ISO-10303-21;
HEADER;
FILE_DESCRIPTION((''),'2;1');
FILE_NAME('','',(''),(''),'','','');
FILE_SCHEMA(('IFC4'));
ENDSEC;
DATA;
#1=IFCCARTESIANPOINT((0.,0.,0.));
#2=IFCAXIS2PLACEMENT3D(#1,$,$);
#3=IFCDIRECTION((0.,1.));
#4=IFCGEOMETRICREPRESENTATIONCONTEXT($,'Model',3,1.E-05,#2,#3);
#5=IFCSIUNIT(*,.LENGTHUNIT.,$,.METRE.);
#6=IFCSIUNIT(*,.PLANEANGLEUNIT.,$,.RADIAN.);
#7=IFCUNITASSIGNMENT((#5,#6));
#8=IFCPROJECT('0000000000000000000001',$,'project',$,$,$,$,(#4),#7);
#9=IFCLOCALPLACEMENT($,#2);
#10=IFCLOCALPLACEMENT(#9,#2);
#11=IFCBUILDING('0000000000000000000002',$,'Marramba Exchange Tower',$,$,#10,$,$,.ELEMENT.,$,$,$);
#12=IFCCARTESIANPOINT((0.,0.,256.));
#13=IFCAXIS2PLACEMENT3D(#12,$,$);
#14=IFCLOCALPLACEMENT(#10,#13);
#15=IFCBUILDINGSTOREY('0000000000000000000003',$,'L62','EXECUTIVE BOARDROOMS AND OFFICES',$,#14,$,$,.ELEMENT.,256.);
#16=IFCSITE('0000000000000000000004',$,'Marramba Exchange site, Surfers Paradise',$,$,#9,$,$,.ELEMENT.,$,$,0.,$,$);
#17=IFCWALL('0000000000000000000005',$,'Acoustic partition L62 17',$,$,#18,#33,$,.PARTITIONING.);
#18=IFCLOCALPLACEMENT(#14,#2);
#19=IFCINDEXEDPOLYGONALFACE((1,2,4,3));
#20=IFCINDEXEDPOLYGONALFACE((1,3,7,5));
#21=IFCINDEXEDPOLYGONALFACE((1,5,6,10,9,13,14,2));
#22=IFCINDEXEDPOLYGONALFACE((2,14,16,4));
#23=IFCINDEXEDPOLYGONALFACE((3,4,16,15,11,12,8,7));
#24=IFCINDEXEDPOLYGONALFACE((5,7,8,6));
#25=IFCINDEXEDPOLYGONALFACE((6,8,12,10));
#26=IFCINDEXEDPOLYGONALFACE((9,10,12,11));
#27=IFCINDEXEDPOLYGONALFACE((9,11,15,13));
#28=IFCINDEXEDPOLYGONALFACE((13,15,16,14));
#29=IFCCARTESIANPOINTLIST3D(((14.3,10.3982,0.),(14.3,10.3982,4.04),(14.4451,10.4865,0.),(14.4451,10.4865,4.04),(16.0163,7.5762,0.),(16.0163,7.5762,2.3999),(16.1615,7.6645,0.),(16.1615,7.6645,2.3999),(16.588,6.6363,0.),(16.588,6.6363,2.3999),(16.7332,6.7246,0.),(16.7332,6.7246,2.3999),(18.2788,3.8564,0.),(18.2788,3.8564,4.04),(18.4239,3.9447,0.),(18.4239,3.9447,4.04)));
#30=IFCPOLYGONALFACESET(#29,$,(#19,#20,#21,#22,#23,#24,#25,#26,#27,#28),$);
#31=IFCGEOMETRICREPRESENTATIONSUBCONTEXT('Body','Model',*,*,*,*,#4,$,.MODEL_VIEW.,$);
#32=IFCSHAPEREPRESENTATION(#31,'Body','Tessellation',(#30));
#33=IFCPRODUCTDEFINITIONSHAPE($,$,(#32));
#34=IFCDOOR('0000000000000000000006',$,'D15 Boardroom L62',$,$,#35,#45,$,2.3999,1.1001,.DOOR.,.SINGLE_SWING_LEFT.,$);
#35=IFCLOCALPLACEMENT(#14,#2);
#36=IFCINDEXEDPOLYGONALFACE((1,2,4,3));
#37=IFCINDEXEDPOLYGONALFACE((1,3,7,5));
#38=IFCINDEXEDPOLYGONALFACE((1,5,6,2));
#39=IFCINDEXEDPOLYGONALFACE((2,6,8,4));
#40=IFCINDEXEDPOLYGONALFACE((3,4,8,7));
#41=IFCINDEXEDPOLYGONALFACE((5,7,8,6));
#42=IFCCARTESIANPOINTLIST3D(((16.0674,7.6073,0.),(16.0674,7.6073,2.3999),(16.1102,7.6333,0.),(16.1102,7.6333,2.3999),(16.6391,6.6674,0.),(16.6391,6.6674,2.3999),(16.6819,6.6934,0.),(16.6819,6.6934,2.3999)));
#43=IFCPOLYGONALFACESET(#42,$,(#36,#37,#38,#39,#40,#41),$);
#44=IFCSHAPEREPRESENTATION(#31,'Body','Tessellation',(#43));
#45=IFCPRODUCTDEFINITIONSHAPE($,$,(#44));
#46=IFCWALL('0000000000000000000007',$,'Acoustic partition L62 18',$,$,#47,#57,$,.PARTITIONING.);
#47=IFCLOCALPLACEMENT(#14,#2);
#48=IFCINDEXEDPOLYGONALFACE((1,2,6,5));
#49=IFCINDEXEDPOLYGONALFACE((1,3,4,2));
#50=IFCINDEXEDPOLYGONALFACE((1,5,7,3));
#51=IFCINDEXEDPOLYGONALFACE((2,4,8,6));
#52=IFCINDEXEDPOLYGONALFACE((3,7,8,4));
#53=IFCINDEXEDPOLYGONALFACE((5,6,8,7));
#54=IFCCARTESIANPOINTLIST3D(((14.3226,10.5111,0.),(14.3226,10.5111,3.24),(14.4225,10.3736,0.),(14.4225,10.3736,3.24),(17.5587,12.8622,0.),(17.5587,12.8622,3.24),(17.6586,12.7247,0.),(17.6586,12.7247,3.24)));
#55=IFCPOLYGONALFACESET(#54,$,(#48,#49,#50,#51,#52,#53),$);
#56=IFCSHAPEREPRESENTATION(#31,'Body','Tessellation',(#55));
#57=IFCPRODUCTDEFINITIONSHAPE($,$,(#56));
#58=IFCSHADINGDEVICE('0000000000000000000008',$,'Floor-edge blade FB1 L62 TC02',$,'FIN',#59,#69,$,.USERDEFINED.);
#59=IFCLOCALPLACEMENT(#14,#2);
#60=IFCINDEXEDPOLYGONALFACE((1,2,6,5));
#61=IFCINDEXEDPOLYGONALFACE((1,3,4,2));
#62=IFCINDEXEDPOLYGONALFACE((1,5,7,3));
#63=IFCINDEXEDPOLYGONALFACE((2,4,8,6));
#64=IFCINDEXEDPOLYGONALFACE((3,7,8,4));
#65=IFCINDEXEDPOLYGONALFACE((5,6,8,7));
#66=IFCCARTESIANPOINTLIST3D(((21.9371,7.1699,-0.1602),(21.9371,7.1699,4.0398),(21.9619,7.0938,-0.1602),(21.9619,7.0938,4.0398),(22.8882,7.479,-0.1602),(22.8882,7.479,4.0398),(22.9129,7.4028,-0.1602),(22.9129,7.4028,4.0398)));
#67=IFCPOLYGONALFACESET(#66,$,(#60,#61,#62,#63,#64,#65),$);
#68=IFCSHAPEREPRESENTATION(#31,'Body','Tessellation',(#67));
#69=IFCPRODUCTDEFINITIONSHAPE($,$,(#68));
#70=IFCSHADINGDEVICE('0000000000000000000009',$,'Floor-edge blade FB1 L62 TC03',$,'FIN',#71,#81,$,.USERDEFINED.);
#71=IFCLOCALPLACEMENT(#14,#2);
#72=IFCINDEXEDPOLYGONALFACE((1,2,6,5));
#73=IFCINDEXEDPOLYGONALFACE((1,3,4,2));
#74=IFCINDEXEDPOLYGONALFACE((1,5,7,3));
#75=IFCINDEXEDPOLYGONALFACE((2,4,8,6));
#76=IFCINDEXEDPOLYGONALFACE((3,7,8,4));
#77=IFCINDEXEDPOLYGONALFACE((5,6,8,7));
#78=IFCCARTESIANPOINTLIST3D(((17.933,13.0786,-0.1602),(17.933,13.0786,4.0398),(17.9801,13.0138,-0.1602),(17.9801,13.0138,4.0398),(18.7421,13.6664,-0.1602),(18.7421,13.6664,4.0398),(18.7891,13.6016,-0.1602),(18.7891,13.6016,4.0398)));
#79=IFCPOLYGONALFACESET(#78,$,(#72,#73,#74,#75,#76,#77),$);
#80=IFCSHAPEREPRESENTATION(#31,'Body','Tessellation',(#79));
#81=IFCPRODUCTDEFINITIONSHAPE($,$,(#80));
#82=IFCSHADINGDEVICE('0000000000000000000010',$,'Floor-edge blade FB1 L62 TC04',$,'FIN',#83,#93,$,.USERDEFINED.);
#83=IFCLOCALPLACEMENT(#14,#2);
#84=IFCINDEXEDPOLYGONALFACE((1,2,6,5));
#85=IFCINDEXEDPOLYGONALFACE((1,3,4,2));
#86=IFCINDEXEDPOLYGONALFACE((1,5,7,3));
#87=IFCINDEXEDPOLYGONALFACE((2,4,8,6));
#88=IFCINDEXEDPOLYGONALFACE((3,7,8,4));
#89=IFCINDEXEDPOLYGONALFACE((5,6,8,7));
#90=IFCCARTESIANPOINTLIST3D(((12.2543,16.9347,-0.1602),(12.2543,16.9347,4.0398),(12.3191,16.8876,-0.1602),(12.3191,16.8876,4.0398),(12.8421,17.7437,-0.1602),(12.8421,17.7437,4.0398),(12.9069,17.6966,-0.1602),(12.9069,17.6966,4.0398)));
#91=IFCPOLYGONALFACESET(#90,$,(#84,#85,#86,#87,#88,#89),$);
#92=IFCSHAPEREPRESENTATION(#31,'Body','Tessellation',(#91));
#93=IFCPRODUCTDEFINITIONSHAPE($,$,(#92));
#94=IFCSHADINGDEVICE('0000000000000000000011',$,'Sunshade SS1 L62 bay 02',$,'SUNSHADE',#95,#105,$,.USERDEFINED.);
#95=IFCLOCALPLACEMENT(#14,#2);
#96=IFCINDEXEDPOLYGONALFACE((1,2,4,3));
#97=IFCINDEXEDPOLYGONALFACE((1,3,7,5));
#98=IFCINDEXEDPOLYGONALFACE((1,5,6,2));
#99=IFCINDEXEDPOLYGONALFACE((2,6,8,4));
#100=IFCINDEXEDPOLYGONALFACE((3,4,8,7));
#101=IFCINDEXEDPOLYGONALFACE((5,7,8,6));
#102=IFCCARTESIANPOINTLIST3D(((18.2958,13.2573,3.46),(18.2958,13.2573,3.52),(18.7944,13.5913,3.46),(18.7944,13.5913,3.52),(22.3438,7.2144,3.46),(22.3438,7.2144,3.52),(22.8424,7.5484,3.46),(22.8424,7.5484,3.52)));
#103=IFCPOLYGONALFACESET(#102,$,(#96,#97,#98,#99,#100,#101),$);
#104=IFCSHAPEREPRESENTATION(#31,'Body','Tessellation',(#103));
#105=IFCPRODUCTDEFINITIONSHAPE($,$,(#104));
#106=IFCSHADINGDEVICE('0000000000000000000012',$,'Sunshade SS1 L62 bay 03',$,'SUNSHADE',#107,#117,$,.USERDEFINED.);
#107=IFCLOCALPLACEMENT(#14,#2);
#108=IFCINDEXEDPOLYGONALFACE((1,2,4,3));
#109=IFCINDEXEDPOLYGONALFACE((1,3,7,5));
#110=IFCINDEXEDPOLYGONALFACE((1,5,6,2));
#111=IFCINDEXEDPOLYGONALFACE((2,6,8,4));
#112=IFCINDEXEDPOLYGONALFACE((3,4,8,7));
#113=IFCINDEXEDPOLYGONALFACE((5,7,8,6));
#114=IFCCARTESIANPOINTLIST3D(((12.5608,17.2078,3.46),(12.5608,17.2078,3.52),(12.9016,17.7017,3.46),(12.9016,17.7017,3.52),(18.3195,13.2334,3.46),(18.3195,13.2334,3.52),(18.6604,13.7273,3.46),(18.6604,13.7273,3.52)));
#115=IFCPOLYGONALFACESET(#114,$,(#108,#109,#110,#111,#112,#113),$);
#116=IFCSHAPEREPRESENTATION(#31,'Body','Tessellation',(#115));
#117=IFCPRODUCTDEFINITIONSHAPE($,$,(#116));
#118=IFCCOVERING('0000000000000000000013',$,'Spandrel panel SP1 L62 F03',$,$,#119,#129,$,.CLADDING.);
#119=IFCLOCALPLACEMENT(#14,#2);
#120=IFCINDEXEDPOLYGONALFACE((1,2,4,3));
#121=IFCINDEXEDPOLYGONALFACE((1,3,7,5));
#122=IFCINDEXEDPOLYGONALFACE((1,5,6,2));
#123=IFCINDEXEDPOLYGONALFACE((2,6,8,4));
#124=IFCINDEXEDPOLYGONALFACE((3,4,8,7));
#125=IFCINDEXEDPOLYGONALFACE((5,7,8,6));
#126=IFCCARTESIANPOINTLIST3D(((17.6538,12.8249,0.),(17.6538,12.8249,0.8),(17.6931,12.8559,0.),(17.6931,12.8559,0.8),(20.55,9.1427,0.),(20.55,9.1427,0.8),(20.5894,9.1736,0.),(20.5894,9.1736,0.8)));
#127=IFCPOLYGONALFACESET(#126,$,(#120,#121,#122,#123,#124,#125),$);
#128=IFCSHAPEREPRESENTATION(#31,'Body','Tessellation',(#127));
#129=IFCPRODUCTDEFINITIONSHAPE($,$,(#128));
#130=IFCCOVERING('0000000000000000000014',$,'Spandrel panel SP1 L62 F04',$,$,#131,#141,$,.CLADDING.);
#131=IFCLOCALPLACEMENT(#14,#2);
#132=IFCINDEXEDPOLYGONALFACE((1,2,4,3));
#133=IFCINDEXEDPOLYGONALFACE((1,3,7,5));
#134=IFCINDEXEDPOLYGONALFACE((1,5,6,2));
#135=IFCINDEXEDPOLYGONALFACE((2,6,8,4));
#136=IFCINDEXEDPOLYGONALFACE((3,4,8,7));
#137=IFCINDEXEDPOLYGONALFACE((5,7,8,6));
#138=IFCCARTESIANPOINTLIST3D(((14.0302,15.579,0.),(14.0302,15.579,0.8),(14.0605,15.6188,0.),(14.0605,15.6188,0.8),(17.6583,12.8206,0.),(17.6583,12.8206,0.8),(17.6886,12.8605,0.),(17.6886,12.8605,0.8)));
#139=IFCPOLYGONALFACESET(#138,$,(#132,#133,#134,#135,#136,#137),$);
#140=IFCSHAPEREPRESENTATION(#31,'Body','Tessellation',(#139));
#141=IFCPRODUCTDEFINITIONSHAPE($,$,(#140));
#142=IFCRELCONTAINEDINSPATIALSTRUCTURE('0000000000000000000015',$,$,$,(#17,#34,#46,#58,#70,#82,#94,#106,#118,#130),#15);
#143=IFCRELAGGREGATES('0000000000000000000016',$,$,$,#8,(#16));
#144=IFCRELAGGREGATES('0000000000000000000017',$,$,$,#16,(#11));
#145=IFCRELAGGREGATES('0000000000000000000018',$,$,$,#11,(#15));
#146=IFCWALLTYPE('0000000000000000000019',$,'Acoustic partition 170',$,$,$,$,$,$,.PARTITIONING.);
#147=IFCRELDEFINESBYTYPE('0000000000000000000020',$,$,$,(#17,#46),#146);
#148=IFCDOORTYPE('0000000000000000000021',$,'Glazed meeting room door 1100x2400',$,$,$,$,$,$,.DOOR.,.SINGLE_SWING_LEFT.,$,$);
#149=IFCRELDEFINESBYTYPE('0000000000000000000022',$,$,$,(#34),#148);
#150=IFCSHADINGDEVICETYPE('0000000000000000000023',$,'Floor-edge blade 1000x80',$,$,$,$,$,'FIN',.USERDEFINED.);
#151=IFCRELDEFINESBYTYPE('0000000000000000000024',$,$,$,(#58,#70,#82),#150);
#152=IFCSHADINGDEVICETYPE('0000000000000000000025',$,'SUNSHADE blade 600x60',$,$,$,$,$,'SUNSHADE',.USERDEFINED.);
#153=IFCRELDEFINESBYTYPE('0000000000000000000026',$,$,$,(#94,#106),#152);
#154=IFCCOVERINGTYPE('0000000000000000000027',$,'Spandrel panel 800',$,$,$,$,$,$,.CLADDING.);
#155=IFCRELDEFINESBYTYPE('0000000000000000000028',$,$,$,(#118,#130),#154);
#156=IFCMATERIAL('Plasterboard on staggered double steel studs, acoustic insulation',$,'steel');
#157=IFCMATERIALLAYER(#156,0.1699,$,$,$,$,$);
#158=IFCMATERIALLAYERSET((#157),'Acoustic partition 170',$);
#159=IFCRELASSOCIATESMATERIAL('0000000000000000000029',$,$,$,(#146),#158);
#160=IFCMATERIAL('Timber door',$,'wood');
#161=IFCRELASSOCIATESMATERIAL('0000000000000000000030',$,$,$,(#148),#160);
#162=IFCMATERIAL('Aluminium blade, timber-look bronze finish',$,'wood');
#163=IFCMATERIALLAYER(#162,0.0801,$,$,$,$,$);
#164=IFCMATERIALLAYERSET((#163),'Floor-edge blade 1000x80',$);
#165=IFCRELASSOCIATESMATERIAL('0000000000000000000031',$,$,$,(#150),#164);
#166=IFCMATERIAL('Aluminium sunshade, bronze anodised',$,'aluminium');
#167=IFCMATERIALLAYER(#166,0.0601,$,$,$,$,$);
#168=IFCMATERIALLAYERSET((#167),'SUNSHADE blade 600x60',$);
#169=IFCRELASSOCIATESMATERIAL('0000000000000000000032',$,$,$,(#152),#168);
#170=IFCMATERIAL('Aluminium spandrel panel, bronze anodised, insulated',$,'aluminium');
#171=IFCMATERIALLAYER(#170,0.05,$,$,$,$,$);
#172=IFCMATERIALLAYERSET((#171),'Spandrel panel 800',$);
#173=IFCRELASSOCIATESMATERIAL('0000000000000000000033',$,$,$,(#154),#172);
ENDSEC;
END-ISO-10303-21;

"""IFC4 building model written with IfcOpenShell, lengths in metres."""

from ifc_helpers import new_model, si_unit, direction, frame, frame_2d, origin, origin_2d, place, context, subcontext, project, spatial, rectangle, extrude, material, layer, layer_set, type_object, element, fill, save


model = new_model("IFC4")

# Units and contexts
model_context = context("Model", 3, precision=1e-05, world=origin(), true_north=direction((0.0, 1.0)))
body_context = subcontext(model_context, "Body", "Model", "MODEL_VIEW")
ifc_project = project(units=[si_unit("LENGTHUNIT", "METRE"), si_unit("PLANEANGLEUNIT", "RADIAN")], contexts=[model_context])

# Site, building, storey
site_placement = place(None, origin())
site = spatial("IfcSite", under=ifc_project, at=site_placement, Name="Marramba Exchange site, Surfers Paradise", CompositionType="ELEMENT", RefElevation=0.0)
building_placement = place(site_placement, origin())
building = spatial("IfcBuilding", under=site, at=building_placement, Name="Marramba Exchange Tower", CompositionType="ELEMENT")
storey_placement = place(building_placement, frame((0.0, 0.0, 256.0)))
storey = spatial("IfcBuildingStorey", under=building, at=storey_placement, Name="L62", Description="EXECUTIVE BOARDROOMS AND OFFICES", CompositionType="ELEMENT", Elevation=256.0)

# Wall, opening, door
ifc_material_1 = material(Name="Plasterboard on staggered double steel studs, acoustic insulation", Category="steel")
ifc_layer_1 = layer(ifc_material_1, 0.1699)
ifc_layer_set_1 = layer_set([ifc_layer_1], Name="Acoustic partition 170")
wall_type_1 = type_object("IfcWallType", Name="Acoustic partition 170", PredefinedType="PARTITIONING", material=ifc_layer_set_1)
wall_1_placement = place(storey_placement, frame((14.3726, 10.4424, 0.0), z_axis=(0.0, 0.0, 1.0), x_axis=(0.519644, -0.854383, 0.0)))
wall_1 = element("IfcWall", 1, at=wall_1_placement, inside=storey, type_object=wall_type_1, Name="Acoustic partition L62 17", PredefinedType="PARTITIONING", context=body_context, shape_type="SweptSolid", body=[
    extrude(rectangle(XDim=7.6567, YDim=0.1699, at=frame_2d((3.8284, 0.0))), origin(), (0.0, 0.0, 1.0), 4.04),
])
opening_1_placement = place(wall_1_placement, frame((3.303, 0.0, 0.0)))
opening_1 = element("IfcOpeningElement", 2, at=opening_1_placement, cuts=wall_1, PredefinedType="OPENING", context=body_context, shape_type="SweptSolid", body=[
    extrude(rectangle(XDim=1.1001, YDim=2.3999, at=frame_2d((0.55, 1.2))), frame((0.0, 0.095, 0.0), z_axis=(0.0, -1.0, 0.0), x_axis=(1.0, 0.0, 0.0)), (0.0, 0.0, 1.0), 0.1899),
])
ifc_material_2 = material(Name="Timber door", Category="wood")
door_type_1 = type_object("IfcDoorType", Name="Glazed meeting room door 1100x2400", OperationType="SINGLE_SWING_LEFT", PredefinedType="DOOR", material=ifc_material_2)
door_1_placement = place(opening_1_placement, origin())
door_1 = element("IfcDoor", 3, at=door_1_placement, inside=storey, type_object=door_type_1, Name="D15 Boardroom L62", OperationType="SINGLE_SWING_LEFT", OverallHeight=2.3999, OverallWidth=1.1001, PredefinedType="DOOR", context=body_context, shape_type="SweptSolid", body=[
    extrude(rectangle(XDim=1.1001, YDim=2.3999, at=frame_2d((0.55, 1.2))), frame((0.0, 0.0249, 0.0), z_axis=(0.0, -1.0, 0.0), x_axis=(1.0, 0.0, 0.0)), (0.0, 0.0, 1.0), 0.05),
])
fill(opening_1, door_1)

# Wall
wall_2_placement = place(storey_placement, frame((17.6086, 12.7935, 0.0), z_axis=(0.0, 0.0, 1.0), x_axis=(-0.809026, -0.587772, 0.0)))
element("IfcWall", 4, at=wall_2_placement, inside=storey, type_object=wall_type_1, Name="Acoustic partition L62 18", PredefinedType="PARTITIONING", context=body_context, shape_type="SweptSolid", body=[
    extrude(rectangle(XDim=4.0, YDim=0.1699, at=frame_2d((2.0, 0.0))), origin(), (0.0, 0.0, 1.0), 3.24),
])

# Shading devices
ifc_material_3 = material(Name="Aluminium blade, timber-look bronze finish", Category="wood")
ifc_layer_2 = layer(ifc_material_3, 0.0801)
ifc_layer_set_2 = layer_set([ifc_layer_2], Name="Floor-edge blade 1000x80")
shading_device_type_1 = type_object("IfcShadingDeviceType", Name="Floor-edge blade 1000x80", ElementType="FIN", PredefinedType="USERDEFINED", material=ifc_layer_set_2)
for number, where, z_axis, x_axis, name in (
    (5, (22.425, 7.2864, -0.1602), (0.0, 0.0, 1.0), (0.951057, 0.309017, 0.0), "Floor-edge blade FB1 L62 TC02"),
    (6, (18.3611, 13.3401, -0.1602), (0.0, 0.0, 1.0), (0.809017, 0.587785, 0.0), "Floor-edge blade FB1 L62 TC03"),
    (7, (12.5806, 17.3157, -0.1602), (0.0, 0.0, 1.0), (0.587785, 0.809017, 0.0), "Floor-edge blade FB1 L62 TC04"),
):
    element("IfcShadingDevice", number, at=place(storey_placement, frame(where, z_axis=z_axis, x_axis=x_axis)), inside=storey, type_object=shading_device_type_1, Name=name, ObjectType="FIN", PredefinedType="USERDEFINED", context=body_context, shape_type="SweptSolid", body=[
        extrude(rectangle(XDim=1.0, YDim=0.0801, at=origin_2d()), origin(), (0.0, 0.0, 1.0), 4.2),
    ])
ifc_material_4 = material(Name="Aluminium sunshade, bronze anodised", Category="aluminium")
ifc_layer_3 = layer(ifc_material_4, 0.0601)
ifc_layer_set_3 = layer_set([ifc_layer_3], Name="SUNSHADE blade 600x60")
shading_device_type_2 = type_object("IfcShadingDeviceType", Name="SUNSHADE blade 600x60", ElementType="SUNSHADE", PredefinedType="USERDEFINED", material=ifc_layer_set_3)
shading_device_1_placement = place(storey_placement, frame((20.5691, 10.4028, 3.46), z_axis=(0.0, 0.0, 1.0), x_axis=(-0.55654, 0.830821, 0.0)))
element("IfcShadingDevice", 8, at=shading_device_1_placement, inside=storey, type_object=shading_device_type_2, Name="Sunshade SS1 L62 bay 02", ObjectType="SUNSHADE", PredefinedType="USERDEFINED", context=body_context, shape_type="SweptSolid", body=[
    extrude(rectangle(XDim=7.2734, YDim=0.6001, at=origin_2d()), origin(), (0.0, 0.0, 1.0), 0.0601),
])
shading_device_2_placement = place(storey_placement, frame((15.6106, 15.4675, 3.46), z_axis=(0.0, 0.0, 1.0), x_axis=(-0.823024, 0.568006, 0.0)))
element("IfcShadingDevice", 9, at=shading_device_2_placement, inside=storey, type_object=shading_device_type_2, Name="Sunshade SS1 L62 bay 03", ObjectType="SUNSHADE", PredefinedType="USERDEFINED", context=body_context, shape_type="SweptSolid", body=[
    extrude(rectangle(XDim=6.9971, YDim=0.6001, at=origin_2d()), origin(), (0.0, 0.0, 1.0), 0.0601),
])

# Coverings
ifc_material_5 = material(Name="Aluminium spandrel panel, bronze anodised, insulated", Category="aluminium")
ifc_layer_4 = layer(ifc_material_5, 0.05)
ifc_layer_set_4 = layer_set([ifc_layer_4], Name="Spandrel panel 800")
covering_type = type_object("IfcCoveringType", Name="Spandrel panel 800", PredefinedType="CLADDING", material=ifc_layer_set_4)
covering_1_placement = place(storey_placement, frame((19.1216, 10.9993, 0.0), z_axis=(0.0, 0.0, 1.0), x_axis=(-0.618223, 0.786003, 0.0)))
element("IfcCovering", 10, at=covering_1_placement, inside=storey, type_object=covering_type, Name="Spandrel panel SP1 L62 F03", PredefinedType="CLADDING", context=body_context, shape_type="SweptSolid", body=[
    extrude(rectangle(XDim=4.6848, YDim=0.05, at=origin_2d()), origin(), (0.0, 0.0, 1.0), 0.8),
])
covering_2_placement = place(storey_placement, frame((15.8594, 14.2197, 0.0), z_axis=(0.0, 0.0, 1.0), x_axis=(-0.796059, 0.605219, 0.0)))
element("IfcCovering", 11, at=covering_2_placement, inside=storey, type_object=covering_type, Name="Spandrel panel SP1 L62 F04", PredefinedType="CLADDING", context=body_context, shape_type="SweptSolid", body=[
    extrude(rectangle(XDim=4.5576, YDim=0.05, at=origin_2d()), origin(), (0.0, 0.0, 1.0), 0.8),
])

save(model, "model.ifc")
